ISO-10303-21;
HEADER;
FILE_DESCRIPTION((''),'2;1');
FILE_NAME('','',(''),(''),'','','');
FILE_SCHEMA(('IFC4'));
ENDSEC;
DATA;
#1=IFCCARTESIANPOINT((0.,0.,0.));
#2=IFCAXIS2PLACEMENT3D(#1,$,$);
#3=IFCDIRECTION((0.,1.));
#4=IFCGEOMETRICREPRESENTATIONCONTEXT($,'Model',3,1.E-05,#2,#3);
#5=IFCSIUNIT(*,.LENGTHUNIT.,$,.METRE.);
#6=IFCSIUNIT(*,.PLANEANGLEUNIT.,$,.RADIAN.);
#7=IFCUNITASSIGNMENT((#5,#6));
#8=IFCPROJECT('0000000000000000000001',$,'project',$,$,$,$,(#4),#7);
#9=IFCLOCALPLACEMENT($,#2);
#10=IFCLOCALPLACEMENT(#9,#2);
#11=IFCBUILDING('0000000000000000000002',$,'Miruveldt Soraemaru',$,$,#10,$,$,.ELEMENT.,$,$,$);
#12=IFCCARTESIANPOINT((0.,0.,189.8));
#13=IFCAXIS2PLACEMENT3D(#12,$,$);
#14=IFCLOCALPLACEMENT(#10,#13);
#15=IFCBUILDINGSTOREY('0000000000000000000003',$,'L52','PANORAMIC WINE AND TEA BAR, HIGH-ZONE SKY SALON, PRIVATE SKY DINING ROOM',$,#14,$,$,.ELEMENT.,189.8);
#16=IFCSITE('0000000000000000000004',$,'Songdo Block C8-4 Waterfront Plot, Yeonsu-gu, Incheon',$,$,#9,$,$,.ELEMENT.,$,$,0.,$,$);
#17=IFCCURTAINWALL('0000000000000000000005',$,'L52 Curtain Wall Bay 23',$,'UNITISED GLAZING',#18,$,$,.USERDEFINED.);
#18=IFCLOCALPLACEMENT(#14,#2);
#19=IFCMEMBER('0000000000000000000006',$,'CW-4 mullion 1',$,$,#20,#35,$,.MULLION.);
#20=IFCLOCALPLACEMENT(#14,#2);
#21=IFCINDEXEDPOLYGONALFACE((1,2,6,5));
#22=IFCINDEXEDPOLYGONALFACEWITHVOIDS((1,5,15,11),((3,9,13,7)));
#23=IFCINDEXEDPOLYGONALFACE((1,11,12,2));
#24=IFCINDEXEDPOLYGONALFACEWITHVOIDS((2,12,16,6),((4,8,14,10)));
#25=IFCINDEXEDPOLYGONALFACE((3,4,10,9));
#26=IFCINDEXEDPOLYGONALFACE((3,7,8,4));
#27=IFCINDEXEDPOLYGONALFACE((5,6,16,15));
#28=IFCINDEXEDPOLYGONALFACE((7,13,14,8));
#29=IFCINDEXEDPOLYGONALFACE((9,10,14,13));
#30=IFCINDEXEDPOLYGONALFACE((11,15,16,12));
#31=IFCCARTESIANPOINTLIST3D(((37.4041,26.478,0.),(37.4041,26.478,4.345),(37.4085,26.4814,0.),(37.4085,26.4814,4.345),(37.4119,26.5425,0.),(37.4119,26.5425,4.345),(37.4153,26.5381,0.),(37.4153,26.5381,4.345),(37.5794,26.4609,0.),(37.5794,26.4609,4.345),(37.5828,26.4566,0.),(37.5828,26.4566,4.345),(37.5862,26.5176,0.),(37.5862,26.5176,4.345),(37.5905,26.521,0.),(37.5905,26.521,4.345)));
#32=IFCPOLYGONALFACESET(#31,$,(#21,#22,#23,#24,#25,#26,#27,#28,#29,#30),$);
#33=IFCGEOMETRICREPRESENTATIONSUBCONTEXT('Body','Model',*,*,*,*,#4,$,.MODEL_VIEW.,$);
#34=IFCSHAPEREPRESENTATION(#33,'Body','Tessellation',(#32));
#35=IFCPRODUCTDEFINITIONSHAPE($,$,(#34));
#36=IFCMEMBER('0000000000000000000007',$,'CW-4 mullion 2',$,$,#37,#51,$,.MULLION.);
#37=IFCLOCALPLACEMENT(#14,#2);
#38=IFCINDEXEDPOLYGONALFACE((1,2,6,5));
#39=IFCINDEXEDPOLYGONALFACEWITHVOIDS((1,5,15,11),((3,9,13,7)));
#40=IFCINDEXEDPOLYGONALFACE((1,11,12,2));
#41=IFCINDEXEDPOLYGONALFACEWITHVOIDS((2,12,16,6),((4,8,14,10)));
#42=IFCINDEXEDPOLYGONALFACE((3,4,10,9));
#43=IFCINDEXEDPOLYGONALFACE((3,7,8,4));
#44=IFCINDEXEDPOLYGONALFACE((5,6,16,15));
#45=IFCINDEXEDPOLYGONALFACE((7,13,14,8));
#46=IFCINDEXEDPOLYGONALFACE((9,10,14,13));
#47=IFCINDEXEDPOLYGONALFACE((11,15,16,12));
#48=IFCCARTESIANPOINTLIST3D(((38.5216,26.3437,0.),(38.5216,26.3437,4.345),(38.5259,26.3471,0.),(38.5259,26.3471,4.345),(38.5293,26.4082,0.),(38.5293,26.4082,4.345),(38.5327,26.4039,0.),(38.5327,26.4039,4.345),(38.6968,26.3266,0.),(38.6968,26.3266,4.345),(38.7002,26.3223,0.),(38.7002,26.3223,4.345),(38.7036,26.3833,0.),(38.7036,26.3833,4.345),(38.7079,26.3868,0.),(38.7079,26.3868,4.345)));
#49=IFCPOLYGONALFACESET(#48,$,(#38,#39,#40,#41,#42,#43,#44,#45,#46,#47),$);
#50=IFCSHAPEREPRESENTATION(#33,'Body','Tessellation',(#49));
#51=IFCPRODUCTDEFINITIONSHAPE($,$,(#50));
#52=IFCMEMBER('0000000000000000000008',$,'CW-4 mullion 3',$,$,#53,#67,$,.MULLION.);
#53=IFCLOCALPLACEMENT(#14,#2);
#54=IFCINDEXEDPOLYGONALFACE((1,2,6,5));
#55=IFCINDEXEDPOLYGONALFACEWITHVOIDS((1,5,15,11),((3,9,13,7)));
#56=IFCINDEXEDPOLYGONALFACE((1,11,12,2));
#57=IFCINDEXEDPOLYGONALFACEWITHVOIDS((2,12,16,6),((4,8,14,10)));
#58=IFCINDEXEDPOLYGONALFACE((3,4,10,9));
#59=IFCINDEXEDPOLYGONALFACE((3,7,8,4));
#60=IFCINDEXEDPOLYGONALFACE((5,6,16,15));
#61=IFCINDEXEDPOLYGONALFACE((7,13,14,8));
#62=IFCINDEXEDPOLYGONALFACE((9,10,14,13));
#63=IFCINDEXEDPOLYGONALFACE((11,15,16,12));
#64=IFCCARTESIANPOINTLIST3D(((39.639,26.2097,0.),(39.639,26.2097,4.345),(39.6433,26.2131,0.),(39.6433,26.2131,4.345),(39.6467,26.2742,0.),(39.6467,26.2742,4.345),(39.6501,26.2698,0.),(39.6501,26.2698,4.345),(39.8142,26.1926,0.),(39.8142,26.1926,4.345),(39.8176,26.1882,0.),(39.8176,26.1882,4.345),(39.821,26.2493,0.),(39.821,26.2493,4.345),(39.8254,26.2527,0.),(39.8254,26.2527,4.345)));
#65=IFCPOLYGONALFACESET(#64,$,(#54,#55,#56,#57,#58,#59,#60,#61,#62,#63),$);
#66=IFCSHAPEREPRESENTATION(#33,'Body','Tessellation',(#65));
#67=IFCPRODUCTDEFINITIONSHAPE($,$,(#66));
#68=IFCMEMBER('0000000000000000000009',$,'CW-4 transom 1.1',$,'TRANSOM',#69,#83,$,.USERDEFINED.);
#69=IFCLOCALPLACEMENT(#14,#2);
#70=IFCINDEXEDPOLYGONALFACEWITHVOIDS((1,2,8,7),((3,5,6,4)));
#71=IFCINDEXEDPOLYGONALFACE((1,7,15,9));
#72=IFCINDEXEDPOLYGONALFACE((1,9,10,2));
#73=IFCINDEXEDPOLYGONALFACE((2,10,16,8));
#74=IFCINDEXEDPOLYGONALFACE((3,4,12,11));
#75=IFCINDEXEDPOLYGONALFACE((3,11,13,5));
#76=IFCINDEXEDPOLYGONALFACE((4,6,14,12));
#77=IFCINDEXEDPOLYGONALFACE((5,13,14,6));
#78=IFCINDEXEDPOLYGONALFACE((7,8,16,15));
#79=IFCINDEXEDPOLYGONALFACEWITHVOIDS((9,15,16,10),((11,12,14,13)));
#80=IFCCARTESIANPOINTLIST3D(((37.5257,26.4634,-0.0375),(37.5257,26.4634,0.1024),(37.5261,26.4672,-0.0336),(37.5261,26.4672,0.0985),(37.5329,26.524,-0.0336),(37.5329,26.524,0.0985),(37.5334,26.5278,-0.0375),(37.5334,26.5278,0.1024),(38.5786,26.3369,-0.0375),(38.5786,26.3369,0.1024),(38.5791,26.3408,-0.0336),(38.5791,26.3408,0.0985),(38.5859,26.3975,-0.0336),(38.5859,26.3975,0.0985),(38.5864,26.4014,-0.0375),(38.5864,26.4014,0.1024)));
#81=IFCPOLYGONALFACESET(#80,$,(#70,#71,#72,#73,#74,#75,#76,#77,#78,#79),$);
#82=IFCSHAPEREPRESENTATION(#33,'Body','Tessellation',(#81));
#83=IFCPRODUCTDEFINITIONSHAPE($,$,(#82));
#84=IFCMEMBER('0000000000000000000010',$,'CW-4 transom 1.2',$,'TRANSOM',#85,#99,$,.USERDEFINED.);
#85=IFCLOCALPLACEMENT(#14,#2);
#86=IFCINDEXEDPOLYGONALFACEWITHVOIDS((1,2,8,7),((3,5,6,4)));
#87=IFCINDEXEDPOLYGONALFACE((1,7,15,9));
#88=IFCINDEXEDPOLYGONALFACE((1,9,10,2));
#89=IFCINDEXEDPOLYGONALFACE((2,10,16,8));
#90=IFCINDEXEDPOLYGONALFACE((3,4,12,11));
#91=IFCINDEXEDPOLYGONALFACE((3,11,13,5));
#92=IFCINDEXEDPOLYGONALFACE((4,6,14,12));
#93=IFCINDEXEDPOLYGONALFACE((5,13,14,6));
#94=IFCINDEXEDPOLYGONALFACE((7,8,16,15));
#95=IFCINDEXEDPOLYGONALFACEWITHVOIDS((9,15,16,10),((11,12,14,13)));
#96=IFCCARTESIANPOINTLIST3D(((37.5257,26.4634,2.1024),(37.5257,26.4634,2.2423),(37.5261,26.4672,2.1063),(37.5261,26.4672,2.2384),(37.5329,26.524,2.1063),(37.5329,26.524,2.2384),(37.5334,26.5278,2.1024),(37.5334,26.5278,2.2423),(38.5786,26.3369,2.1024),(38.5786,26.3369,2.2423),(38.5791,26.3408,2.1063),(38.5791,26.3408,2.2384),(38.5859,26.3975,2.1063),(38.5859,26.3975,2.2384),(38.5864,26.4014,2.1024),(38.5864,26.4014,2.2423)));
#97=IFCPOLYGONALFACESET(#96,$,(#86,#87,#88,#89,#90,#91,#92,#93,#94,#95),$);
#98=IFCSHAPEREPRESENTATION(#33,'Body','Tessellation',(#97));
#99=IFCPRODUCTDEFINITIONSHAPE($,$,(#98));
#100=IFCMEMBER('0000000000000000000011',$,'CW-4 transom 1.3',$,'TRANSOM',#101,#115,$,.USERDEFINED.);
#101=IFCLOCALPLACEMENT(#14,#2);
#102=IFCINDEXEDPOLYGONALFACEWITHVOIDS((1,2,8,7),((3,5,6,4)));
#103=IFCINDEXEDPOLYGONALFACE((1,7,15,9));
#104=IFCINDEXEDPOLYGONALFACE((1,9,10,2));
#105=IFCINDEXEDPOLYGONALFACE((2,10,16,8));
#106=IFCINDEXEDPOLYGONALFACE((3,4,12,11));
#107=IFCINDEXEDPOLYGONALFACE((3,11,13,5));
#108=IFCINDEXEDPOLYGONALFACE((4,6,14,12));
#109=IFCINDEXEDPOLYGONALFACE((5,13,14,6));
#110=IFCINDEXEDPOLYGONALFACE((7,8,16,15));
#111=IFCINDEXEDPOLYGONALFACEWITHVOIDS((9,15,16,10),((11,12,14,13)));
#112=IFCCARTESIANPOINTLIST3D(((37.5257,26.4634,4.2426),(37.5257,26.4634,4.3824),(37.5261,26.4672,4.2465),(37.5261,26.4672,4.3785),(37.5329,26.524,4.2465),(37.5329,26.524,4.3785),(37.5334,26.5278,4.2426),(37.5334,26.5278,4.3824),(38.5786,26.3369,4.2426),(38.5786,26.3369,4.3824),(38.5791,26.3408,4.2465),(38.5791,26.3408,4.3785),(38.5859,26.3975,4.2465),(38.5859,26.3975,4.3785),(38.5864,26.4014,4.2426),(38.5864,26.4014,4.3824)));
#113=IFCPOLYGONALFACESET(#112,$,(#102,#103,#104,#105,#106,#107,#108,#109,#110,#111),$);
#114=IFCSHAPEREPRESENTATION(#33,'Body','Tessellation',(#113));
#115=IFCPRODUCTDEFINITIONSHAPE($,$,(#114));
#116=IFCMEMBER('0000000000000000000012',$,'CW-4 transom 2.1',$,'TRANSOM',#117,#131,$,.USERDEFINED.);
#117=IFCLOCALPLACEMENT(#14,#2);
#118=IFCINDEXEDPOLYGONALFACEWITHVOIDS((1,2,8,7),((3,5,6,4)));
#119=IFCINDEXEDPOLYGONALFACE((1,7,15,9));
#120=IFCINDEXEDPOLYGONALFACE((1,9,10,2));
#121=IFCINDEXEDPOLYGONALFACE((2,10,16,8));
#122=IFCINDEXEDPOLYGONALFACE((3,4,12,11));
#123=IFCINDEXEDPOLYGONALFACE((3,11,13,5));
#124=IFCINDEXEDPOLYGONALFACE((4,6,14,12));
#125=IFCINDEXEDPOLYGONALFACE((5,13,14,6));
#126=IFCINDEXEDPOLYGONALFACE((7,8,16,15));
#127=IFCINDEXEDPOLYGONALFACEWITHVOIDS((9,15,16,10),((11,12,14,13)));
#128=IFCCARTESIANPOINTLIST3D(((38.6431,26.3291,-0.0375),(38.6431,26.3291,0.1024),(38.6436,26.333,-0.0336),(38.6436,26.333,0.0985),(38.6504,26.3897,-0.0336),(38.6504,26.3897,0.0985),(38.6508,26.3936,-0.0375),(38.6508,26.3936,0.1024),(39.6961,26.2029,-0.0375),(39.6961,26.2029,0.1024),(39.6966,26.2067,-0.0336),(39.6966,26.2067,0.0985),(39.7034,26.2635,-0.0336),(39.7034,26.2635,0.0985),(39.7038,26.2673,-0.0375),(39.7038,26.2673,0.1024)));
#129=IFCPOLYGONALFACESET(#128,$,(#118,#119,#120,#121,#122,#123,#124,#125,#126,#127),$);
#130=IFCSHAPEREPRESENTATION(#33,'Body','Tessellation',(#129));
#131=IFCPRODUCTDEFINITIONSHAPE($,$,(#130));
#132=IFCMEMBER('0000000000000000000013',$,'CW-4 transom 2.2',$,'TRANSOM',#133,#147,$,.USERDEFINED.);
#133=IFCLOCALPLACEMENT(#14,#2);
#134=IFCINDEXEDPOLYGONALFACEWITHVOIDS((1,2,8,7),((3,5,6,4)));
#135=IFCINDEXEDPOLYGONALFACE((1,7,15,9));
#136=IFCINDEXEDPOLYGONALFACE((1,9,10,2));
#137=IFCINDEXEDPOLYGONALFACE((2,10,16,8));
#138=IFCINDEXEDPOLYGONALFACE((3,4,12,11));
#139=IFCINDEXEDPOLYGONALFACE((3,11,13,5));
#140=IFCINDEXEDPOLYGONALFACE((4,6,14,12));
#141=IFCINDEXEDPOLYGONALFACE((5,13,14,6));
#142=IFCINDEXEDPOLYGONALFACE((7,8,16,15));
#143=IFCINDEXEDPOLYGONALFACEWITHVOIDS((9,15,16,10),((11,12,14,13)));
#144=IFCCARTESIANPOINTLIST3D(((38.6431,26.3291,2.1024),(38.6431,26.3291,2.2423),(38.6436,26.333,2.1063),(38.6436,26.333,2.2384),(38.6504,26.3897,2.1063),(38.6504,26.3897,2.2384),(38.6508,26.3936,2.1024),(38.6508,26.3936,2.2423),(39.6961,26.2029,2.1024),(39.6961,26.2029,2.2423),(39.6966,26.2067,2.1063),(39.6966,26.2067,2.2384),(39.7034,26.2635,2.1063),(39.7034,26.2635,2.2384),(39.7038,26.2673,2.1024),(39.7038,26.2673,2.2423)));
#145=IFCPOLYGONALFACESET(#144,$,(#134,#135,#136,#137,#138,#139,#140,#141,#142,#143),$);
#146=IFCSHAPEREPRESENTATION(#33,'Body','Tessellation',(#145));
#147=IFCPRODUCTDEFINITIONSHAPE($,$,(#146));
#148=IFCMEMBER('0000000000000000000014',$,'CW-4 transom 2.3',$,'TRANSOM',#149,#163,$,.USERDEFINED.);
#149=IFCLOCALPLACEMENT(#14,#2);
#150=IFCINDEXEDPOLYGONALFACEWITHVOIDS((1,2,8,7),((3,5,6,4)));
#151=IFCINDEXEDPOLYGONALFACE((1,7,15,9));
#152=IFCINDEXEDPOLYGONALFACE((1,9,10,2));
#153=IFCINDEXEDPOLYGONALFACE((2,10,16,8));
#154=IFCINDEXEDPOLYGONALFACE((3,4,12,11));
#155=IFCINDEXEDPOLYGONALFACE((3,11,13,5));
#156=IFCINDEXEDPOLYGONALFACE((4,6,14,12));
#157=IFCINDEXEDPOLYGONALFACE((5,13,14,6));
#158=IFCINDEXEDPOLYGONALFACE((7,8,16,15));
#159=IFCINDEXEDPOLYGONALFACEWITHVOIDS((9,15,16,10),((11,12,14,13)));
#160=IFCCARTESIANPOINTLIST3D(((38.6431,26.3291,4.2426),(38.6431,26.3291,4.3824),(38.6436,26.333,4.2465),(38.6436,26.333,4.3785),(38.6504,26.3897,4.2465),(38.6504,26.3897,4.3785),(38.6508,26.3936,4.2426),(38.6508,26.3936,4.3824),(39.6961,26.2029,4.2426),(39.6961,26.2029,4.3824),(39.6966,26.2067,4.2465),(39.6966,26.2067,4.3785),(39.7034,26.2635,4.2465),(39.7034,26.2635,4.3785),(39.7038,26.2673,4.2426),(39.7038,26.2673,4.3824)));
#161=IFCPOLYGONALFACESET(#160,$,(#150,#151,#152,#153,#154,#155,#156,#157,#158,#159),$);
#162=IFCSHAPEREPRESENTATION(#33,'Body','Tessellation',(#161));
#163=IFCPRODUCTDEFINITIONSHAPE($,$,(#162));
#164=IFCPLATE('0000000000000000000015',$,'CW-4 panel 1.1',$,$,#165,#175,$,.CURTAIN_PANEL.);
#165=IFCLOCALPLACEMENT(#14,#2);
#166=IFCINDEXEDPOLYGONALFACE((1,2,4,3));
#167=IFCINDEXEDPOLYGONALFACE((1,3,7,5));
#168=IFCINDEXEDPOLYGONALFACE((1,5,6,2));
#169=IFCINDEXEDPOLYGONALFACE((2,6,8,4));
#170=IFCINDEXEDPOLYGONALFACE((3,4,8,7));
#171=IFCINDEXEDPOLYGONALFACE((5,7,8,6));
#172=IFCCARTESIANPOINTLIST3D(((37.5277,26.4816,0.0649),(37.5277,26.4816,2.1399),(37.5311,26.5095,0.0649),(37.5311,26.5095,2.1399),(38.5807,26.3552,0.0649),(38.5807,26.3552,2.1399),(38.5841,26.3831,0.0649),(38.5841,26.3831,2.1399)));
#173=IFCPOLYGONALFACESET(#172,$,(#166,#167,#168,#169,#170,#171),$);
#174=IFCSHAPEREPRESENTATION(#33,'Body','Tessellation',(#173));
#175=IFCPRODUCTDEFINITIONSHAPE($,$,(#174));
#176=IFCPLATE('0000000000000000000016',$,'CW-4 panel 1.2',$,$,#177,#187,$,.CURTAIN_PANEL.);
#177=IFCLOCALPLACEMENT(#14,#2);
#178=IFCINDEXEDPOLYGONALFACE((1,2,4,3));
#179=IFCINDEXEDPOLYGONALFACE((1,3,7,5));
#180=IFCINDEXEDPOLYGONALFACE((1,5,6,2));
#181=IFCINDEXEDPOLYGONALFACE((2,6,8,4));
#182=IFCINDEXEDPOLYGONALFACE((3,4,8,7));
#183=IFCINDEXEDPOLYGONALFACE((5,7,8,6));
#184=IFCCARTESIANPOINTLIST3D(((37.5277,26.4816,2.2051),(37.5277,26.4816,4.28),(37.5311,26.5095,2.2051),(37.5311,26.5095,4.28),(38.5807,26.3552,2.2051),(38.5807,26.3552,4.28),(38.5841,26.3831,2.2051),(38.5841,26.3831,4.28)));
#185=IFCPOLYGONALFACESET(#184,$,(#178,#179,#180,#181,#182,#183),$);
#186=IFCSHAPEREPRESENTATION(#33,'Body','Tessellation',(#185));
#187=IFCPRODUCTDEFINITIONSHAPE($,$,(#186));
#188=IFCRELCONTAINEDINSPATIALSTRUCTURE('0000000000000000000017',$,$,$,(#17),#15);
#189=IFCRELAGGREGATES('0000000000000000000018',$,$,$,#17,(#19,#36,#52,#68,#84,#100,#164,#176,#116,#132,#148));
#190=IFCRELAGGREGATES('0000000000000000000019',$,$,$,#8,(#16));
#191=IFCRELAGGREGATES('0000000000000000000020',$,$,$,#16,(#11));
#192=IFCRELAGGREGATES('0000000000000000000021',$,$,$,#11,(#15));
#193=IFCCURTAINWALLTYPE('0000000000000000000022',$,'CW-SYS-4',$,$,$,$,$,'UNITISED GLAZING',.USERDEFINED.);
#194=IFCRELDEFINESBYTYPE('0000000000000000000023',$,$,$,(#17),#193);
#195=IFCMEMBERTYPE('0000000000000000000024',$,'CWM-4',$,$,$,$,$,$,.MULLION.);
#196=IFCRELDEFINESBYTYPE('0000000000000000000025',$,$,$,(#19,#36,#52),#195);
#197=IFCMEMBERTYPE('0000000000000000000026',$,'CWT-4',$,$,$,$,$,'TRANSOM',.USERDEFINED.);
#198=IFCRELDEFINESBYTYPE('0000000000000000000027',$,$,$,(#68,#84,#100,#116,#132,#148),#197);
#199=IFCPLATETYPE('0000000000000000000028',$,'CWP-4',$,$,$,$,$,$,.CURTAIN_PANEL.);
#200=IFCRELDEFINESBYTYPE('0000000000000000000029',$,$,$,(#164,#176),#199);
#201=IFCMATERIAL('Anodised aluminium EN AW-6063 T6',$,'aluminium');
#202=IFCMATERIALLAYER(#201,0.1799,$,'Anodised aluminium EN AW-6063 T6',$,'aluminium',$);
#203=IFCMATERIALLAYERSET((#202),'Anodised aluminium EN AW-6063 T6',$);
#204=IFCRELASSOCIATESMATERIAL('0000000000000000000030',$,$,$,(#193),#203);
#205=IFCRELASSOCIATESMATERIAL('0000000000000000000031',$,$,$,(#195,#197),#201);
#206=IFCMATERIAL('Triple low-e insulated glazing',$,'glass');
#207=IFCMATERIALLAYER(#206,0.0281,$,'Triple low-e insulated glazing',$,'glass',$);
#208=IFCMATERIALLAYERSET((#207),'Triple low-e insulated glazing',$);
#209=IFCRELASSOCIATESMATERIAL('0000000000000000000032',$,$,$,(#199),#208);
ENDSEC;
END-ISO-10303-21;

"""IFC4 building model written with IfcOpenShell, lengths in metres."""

from ifc_helpers import new_model, si_unit, direction, frame, origin, origin_2d, place, context, subcontext, project, spatial, rectangle, hollow_rectangle, extrude, material, layer, layer_set, material_profile, profile_set, type_object, element, aggregate, save


model = new_model("IFC4")

# Units and contexts
model_context = context("Model", 3, precision=1e-05, world=origin(), true_north=direction((0.0, 1.0)))
body_context = subcontext(model_context, "Body", "Model", "MODEL_VIEW")
ifc_project = project(units=[si_unit("LENGTHUNIT", "METRE"), si_unit("PLANEANGLEUNIT", "RADIAN")], contexts=[model_context])

# Site, building, storey
site_placement = place(None, origin())
site = spatial("IfcSite", under=ifc_project, at=site_placement, Name="Songdo Block C8-4 Waterfront Plot, Yeonsu-gu, Incheon", CompositionType="ELEMENT", RefElevation=0.0)
building_placement = place(site_placement, origin())
building = spatial("IfcBuilding", under=site, at=building_placement, Name="Miruveldt Soraemaru", CompositionType="ELEMENT")
storey_placement = place(building_placement, frame((0.0, 0.0, 189.8)))
storey = spatial("IfcBuildingStorey", under=building, at=storey_placement, Name="L52", Description="PANORAMIC WINE AND TEA BAR, HIGH-ZONE SKY SALON, PRIVATE SKY DINING ROOM", CompositionType="ELEMENT", Elevation=189.8)

# Curtain wall, members, plates
ifc_material_1 = material(Name="Anodised aluminium EN AW-6063 T6", Category="aluminium")
ifc_layer_1 = layer(ifc_material_1, 0.1799, Name="Anodised aluminium EN AW-6063 T6", Category="aluminium")
ifc_layer_set_1 = layer_set([ifc_layer_1], Name="Anodised aluminium EN AW-6063 T6")
curtain_wall_type = type_object("IfcCurtainWallType", Name="CW-SYS-4", ElementType="UNITISED GLAZING", PredefinedType="USERDEFINED", material=ifc_layer_set_1)
curtain_wall_placement = place(storey_placement, origin())
curtain_wall = element("IfcCurtainWall", 1, at=curtain_wall_placement, inside=storey, type_object=curtain_wall_type, Name="L52 Curtain Wall Bay 23", ObjectType="UNITISED GLAZING", PredefinedType="USERDEFINED")
ifc_material_profile_1 = material_profile(ifc_material_1, hollow_rectangle(XDim=0.0649, YDim=0.1799, WallThickness=0.0039, at=origin_2d()), Name="Anodised aluminium EN AW-6063 T6", Category="aluminium")
ifc_profile_set_1 = profile_set([ifc_material_profile_1], Name="Anodised aluminium EN AW-6063 T6")
member_type_1 = type_object("IfcMemberType", Name="CWM-4", PredefinedType="MULLION", material=ifc_profile_set_1)
member_1_placement = place(storey_placement, frame((37.4973, 26.4995, 0.0), z_axis=(0.0, 0.0, 1.0), x_axis=(0.119171, 0.992874, 0.0)))
member_1 = element("IfcMember", 2, at=member_1_placement, type_object=member_type_1, Name="CW-4 mullion 1", PredefinedType="MULLION", context=body_context, shape_type="SweptSolid", body=[
    extrude(hollow_rectangle(XDim=0.0649, YDim=0.1799, WallThickness=0.0039, at=origin_2d()), origin(), (0.0, 0.0, 1.0), 4.345),
])
member_2_placement = place(storey_placement, frame((38.6147, 26.3652, 0.0), z_axis=(0.0, 0.0, 1.0), x_axis=(0.119171, 0.992874, 0.0)))
member_2 = element("IfcMember", 3, at=member_2_placement, type_object=member_type_1, Name="CW-4 mullion 2", PredefinedType="MULLION", context=body_context, shape_type="SweptSolid", body=[
    extrude(hollow_rectangle(XDim=0.0649, YDim=0.1799, WallThickness=0.0039, at=origin_2d()), origin(), (0.0, 0.0, 1.0), 4.345),
])
member_3_placement = place(storey_placement, frame((39.7322, 26.2312, 0.0), z_axis=(0.0, 0.0, 1.0), x_axis=(0.119171, 0.992874, 0.0)))
member_3 = element("IfcMember", 4, at=member_3_placement, type_object=member_type_1, Name="CW-4 mullion 3", PredefinedType="MULLION", context=body_context, shape_type="SweptSolid", body=[
    extrude(hollow_rectangle(XDim=0.0649, YDim=0.1799, WallThickness=0.0039, at=origin_2d()), origin(), (0.0, 0.0, 1.0), 4.345),
])
ifc_material_profile_2 = material_profile(ifc_material_1, hollow_rectangle(XDim=0.0649, YDim=0.1399, WallThickness=0.0039, at=origin_2d()), Name="Anodised aluminium EN AW-6063 T6", Category="aluminium")
ifc_profile_set_2 = profile_set([ifc_material_profile_2], Name="Anodised aluminium EN AW-6063 T6")
member_type_2 = type_object("IfcMemberType", Name="CWT-4", ElementType="TRANSOM", PredefinedType="USERDEFINED", material=ifc_profile_set_2)
member_4_placement = place(storey_placement, frame((37.5295, 26.4956, 0.0325), z_axis=(0.992865, -0.119245, 0.0), x_axis=(0.119245, 0.992865, 0.0)))
member_4 = element("IfcMember", 5, at=member_4_placement, type_object=member_type_2, Name="CW-4 transom 1.1", ObjectType="TRANSOM", PredefinedType="USERDEFINED", context=body_context, shape_type="SweptSolid", body=[
    extrude(hollow_rectangle(XDim=0.0649, YDim=0.1399, WallThickness=0.0039, at=origin_2d()), origin(), (0.0, 0.0, 1.0), 1.0605),
])
member_5_placement = place(storey_placement, frame((37.5295, 26.4956, 2.1724), z_axis=(0.992865, -0.119245, 0.0), x_axis=(0.119245, 0.992865, 0.0)))
member_5 = element("IfcMember", 6, at=member_5_placement, type_object=member_type_2, Name="CW-4 transom 1.2", ObjectType="TRANSOM", PredefinedType="USERDEFINED", context=body_context, shape_type="SweptSolid", body=[
    extrude(hollow_rectangle(XDim=0.0649, YDim=0.1399, WallThickness=0.0039, at=origin_2d()), origin(), (0.0, 0.0, 1.0), 1.0605),
])
member_6_placement = place(storey_placement, frame((37.5295, 26.4956, 4.3125), z_axis=(0.992865, -0.119245, 0.0), x_axis=(0.119245, 0.992865, 0.0)))
member_6 = element("IfcMember", 7, at=member_6_placement, type_object=member_type_2, Name="CW-4 transom 1.3", ObjectType="TRANSOM", PredefinedType="USERDEFINED", context=body_context, shape_type="SweptSolid", body=[
    extrude(hollow_rectangle(XDim=0.0649, YDim=0.1399, WallThickness=0.0039, at=origin_2d()), origin(), (0.0, 0.0, 1.0), 1.0605),
])
member_7_placement = place(storey_placement, frame((38.647, 26.3613, 0.0325), z_axis=(0.992892, -0.119018, 0.0), x_axis=(0.119018, 0.992892, 0.0)))
member_7 = element("IfcMember", 8, at=member_7_placement, type_object=member_type_2, Name="CW-4 transom 2.1", ObjectType="TRANSOM", PredefinedType="USERDEFINED", context=body_context, shape_type="SweptSolid", body=[
    extrude(hollow_rectangle(XDim=0.0649, YDim=0.1399, WallThickness=0.0039, at=origin_2d()), origin(), (0.0, 0.0, 1.0), 1.0605),
])
member_8_placement = place(storey_placement, frame((38.647, 26.3613, 2.1724), z_axis=(0.992892, -0.119018, 0.0), x_axis=(0.119018, 0.992892, 0.0)))
member_8 = element("IfcMember", 9, at=member_8_placement, type_object=member_type_2, Name="CW-4 transom 2.2", ObjectType="TRANSOM", PredefinedType="USERDEFINED", context=body_context, shape_type="SweptSolid", body=[
    extrude(hollow_rectangle(XDim=0.0649, YDim=0.1399, WallThickness=0.0039, at=origin_2d()), origin(), (0.0, 0.0, 1.0), 1.0605),
])
member_9_placement = place(storey_placement, frame((38.647, 26.3613, 4.3125), z_axis=(0.992892, -0.119018, 0.0), x_axis=(0.119018, 0.992892, 0.0)))
member_9 = element("IfcMember", 10, at=member_9_placement, type_object=member_type_2, Name="CW-4 transom 2.3", ObjectType="TRANSOM", PredefinedType="USERDEFINED", context=body_context, shape_type="SweptSolid", body=[
    extrude(hollow_rectangle(XDim=0.0649, YDim=0.1399, WallThickness=0.0039, at=origin_2d()), origin(), (0.0, 0.0, 1.0), 1.0605),
])
ifc_material_2 = material(Name="Triple low-e insulated glazing", Category="glass")
ifc_layer_2 = layer(ifc_material_2, 0.0281, Name="Triple low-e insulated glazing", Category="glass")
ifc_layer_set_2 = layer_set([ifc_layer_2], Name="Triple low-e insulated glazing")
plate_type_1 = type_object("IfcPlateType", Name="CWP-4", PredefinedType="CURTAIN_PANEL", material=ifc_layer_set_2)
plate_1_placement = place(storey_placement, frame((38.0559, 26.4324, 0.0649), z_axis=(0.0, 0.0, 1.0), x_axis=(0.992874, -0.119171, 0.0)))
plate_1 = element("IfcPlate", 11, at=plate_1_placement, type_object=plate_type_1, Name="CW-4 panel 1.1", PredefinedType="CURTAIN_PANEL", context=body_context, shape_type="SweptSolid", body=[
    extrude(rectangle(XDim=1.0605, YDim=0.0281, at=origin_2d()), origin(), (0.0, 0.0, 1.0), 2.075),
])
plate_2_placement = place(storey_placement, frame((38.0559, 26.4324, 2.2051), z_axis=(0.0, 0.0, 1.0), x_axis=(0.992874, -0.119171, 0.0)))
plate_2 = element("IfcPlate", 12, at=plate_2_placement, type_object=plate_type_1, Name="CW-4 panel 1.2", PredefinedType="CURTAIN_PANEL", context=body_context, shape_type="SweptSolid", body=[
    extrude(rectangle(XDim=1.0605, YDim=0.0281, at=origin_2d()), origin(), (0.0, 0.0, 1.0), 2.075),
])
aggregate(curtain_wall, [member_1, member_2, member_3, member_4, member_5, member_6, plate_1, plate_2, member_7, member_8, member_9])

save(model, "model.ifc")
